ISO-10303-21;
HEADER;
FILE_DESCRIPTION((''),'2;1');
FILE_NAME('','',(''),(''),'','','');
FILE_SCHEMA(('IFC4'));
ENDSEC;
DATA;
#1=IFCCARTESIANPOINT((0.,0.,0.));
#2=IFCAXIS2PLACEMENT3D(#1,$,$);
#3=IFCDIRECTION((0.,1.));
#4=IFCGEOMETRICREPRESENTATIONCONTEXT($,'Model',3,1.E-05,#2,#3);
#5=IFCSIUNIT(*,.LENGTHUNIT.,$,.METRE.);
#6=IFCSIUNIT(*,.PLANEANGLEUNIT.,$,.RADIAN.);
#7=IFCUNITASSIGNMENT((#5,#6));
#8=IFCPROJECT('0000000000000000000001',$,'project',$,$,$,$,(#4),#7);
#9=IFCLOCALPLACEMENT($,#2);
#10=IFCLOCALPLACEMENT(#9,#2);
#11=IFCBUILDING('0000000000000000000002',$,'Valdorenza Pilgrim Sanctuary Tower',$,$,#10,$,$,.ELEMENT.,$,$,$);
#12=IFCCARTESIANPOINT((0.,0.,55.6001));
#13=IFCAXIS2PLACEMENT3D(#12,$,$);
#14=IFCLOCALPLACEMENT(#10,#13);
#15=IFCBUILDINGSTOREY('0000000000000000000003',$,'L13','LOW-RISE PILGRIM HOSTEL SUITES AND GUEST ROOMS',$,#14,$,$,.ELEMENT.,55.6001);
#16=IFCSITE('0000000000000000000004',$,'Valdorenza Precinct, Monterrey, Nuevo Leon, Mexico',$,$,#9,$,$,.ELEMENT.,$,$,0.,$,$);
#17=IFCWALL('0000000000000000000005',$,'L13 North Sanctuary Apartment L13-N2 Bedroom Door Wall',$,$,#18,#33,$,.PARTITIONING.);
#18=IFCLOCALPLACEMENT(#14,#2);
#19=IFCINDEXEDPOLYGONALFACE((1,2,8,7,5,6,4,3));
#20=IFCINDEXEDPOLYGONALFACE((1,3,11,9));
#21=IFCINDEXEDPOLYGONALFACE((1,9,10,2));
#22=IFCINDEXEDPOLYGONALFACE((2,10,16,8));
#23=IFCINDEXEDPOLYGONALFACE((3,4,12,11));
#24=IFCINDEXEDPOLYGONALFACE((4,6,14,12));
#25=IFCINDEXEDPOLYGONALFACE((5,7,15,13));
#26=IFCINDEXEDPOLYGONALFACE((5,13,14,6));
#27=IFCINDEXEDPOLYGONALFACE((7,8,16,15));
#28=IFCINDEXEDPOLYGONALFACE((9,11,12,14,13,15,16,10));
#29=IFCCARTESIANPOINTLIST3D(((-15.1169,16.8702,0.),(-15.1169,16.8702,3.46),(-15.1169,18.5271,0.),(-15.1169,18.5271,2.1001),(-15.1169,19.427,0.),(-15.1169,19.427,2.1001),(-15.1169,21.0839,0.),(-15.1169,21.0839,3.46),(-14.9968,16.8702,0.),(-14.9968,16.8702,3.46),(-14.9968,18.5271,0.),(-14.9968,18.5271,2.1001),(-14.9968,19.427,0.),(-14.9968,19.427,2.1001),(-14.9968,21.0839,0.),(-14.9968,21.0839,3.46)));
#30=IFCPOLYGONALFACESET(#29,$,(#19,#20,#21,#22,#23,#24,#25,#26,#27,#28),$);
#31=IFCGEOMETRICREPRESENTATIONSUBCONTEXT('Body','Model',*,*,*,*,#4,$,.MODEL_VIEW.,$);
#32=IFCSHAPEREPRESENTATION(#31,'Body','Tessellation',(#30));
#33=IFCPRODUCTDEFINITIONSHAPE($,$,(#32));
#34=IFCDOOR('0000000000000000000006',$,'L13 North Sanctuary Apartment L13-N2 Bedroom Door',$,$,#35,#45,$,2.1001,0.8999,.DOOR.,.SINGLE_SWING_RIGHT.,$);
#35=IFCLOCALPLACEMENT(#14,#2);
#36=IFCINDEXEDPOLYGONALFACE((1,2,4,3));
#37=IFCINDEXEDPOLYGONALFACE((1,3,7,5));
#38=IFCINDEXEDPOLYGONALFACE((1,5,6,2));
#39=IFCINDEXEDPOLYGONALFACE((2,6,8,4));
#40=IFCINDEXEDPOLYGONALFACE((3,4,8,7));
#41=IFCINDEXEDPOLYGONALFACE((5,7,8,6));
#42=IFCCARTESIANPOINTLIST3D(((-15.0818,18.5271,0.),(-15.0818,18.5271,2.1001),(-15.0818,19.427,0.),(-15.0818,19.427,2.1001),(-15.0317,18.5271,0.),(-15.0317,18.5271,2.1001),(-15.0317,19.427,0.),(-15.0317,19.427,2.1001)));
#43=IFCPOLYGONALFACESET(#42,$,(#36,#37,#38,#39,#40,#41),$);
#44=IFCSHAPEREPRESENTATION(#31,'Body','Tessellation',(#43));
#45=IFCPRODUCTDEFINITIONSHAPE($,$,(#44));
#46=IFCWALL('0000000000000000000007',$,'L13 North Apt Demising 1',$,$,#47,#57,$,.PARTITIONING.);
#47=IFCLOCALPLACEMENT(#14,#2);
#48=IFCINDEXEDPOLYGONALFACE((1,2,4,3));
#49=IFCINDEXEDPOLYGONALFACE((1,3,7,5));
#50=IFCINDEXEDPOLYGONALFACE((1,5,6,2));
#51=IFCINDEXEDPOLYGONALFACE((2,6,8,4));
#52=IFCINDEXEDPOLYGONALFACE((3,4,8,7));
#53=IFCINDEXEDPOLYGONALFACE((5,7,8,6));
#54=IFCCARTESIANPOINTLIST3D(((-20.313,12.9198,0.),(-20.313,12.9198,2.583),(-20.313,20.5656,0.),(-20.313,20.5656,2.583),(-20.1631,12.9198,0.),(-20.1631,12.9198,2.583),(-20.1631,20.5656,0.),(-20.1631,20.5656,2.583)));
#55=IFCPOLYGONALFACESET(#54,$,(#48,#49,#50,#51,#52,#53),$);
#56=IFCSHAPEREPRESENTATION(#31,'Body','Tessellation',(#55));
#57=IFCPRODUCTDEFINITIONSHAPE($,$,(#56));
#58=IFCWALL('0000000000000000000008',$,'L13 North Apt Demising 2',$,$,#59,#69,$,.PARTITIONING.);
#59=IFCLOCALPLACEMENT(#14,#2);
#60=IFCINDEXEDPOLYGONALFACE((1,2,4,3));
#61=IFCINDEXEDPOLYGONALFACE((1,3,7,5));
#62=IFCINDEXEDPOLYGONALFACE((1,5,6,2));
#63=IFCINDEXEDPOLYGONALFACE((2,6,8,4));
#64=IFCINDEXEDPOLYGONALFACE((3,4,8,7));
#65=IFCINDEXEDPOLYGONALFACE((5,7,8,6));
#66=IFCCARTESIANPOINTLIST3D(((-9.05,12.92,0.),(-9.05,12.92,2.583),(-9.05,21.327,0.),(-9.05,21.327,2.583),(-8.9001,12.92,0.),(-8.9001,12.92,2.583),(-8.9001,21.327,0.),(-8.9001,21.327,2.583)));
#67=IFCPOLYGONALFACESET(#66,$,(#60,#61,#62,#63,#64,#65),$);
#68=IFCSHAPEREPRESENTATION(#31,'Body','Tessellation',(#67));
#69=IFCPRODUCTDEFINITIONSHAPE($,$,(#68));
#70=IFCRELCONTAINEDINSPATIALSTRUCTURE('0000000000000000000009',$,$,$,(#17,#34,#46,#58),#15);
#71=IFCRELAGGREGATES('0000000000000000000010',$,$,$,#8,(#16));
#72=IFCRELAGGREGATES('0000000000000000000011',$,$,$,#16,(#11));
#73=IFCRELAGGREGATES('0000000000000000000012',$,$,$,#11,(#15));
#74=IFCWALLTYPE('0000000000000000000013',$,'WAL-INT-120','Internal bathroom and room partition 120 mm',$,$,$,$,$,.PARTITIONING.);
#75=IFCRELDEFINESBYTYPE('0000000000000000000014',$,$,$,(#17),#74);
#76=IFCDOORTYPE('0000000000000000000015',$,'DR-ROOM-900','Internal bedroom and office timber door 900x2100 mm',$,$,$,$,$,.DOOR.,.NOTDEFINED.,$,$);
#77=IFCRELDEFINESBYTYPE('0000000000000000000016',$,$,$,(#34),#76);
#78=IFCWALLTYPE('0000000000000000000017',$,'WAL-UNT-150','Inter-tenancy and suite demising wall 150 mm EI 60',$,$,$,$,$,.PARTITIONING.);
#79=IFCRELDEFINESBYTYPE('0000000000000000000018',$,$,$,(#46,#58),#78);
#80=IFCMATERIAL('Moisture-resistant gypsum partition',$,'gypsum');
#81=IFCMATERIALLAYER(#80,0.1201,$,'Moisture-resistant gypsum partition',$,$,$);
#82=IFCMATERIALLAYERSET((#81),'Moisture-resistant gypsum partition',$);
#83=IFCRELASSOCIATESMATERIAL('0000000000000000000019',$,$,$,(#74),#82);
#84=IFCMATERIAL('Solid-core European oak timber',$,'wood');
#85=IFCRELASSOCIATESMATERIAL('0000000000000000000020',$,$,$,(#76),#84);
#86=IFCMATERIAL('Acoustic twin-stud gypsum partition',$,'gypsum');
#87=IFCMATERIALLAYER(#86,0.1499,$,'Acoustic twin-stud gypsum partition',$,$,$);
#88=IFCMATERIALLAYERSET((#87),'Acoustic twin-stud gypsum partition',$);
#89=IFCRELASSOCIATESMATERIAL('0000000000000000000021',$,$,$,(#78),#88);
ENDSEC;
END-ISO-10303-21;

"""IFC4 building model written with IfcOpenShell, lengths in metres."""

from ifc_helpers import new_model, si_unit, direction, frame, frame_2d, origin, place, context, subcontext, project, spatial, rectangle, extrude, material, layer, layer_set, type_object, element, fill, save


model = new_model("IFC4")

# Units and contexts
model_context = context("Model", 3, precision=1e-05, world=origin(), true_north=direction((0.0, 1.0)))
body_context = subcontext(model_context, "Body", "Model", "MODEL_VIEW")
ifc_project = project(units=[si_unit("LENGTHUNIT", "METRE"), si_unit("PLANEANGLEUNIT", "RADIAN")], contexts=[model_context])

# Site, building, storey
site_placement = place(None, origin())
site = spatial("IfcSite", under=ifc_project, at=site_placement, Name="Valdorenza Precinct, Monterrey, Nuevo Leon, Mexico", CompositionType="ELEMENT", RefElevation=0.0)
building_placement = place(site_placement, origin())
building = spatial("IfcBuilding", under=site, at=building_placement, Name="Valdorenza Pilgrim Sanctuary Tower", CompositionType="ELEMENT")
storey_placement = place(building_placement, frame((0.0, 0.0, 55.6001)))
storey = spatial("IfcBuildingStorey", under=building, at=storey_placement, Name="L13", Description="LOW-RISE PILGRIM HOSTEL SUITES AND GUEST ROOMS", CompositionType="ELEMENT", Elevation=55.6001)

# Shared definitions
ifc_material_1 = material(Name="Moisture-resistant gypsum partition", Category="gypsum")
ifc_layer_1 = layer(ifc_material_1, 0.1201, Name="Moisture-resistant gypsum partition")
ifc_layer_set_1 = layer_set([ifc_layer_1], Name="Moisture-resistant gypsum partition")
wall_type_1 = type_object("IfcWallType", Name="WAL-INT-120", Description="Internal bathroom and room partition 120 mm", PredefinedType="PARTITIONING", material=ifc_layer_set_1)

# Wall, opening, door
ifc_material_2 = material(Name="Solid-core European oak timber", Category="wood")
door_type_1 = type_object("IfcDoorType", Name="DR-ROOM-900", Description="Internal bedroom and office timber door 900x2100 mm", OperationType="NOTDEFINED", PredefinedType="DOOR", material=ifc_material_2)
wall_1_placement = place(storey_placement, frame((-15.0569, 16.8701, 0.0), z_axis=(0.0, 0.0, 1.0), x_axis=(0.0, 1.0, 0.0)))
wall_1 = element("IfcWall", 1, at=wall_1_placement, inside=storey, type_object=wall_type_1, Name="L13 North Sanctuary Apartment L13-N2 Bedroom Door Wall", PredefinedType="PARTITIONING", context=body_context, shape_type="SweptSolid", body=[
    extrude(rectangle(XDim=4.2136, YDim=0.1201, at=frame_2d((2.1069, 0.0))), origin(), (0.0, 0.0, 1.0), 3.46),
])
opening_1_placement = place(wall_1_placement, frame((1.657, 0.0, 0.0)))
opening_1 = element("IfcOpeningElement", 2, at=opening_1_placement, cuts=wall_1, PredefinedType="OPENING", context=body_context, shape_type="SweptSolid", body=[
    extrude(rectangle(XDim=0.8999, YDim=2.1001, at=frame_2d((0.45, 1.05))), frame((0.0, 0.075, 0.0), z_axis=(0.0, -1.0, 0.0), x_axis=(1.0, 0.0, 0.0)), (0.0, 0.0, 1.0), 0.1499),
])
door_1_placement = place(opening_1_placement, origin())
door_1 = element("IfcDoor", 3, at=door_1_placement, inside=storey, type_object=door_type_1, Name="L13 North Sanctuary Apartment L13-N2 Bedroom Door", OperationType="SINGLE_SWING_RIGHT", OverallHeight=2.1001, OverallWidth=0.8999, PredefinedType="DOOR", context=body_context, shape_type="SweptSolid", body=[
    extrude(rectangle(XDim=0.8999, YDim=2.1001, at=frame_2d((0.45, 1.05))), frame((0.0, 0.0249, 0.0), z_axis=(0.0, -1.0, 0.0), x_axis=(1.0, 0.0, 0.0)), (0.0, 0.0, 1.0), 0.05),
])
fill(opening_1, door_1)

# Walls
ifc_material_3 = material(Name="Acoustic twin-stud gypsum partition", Category="gypsum")
ifc_layer_2 = layer(ifc_material_3, 0.1499, Name="Acoustic twin-stud gypsum partition")
ifc_layer_set_2 = layer_set([ifc_layer_2], Name="Acoustic twin-stud gypsum partition")
wall_type_2 = type_object("IfcWallType", Name="WAL-UNT-150", Description="Inter-tenancy and suite demising wall 150 mm EI 60", PredefinedType="PARTITIONING", material=ifc_layer_set_2)
wall_2_placement = place(storey_placement, frame((-20.238, 12.9199, 0.0), z_axis=(0.0, 0.0, 1.0), x_axis=(0.0, 1.0, 0.0)))
element("IfcWall", 4, at=wall_2_placement, inside=storey, type_object=wall_type_2, Name="L13 North Apt Demising 1", PredefinedType="PARTITIONING", context=body_context, shape_type="SweptSolid", body=[
    extrude(rectangle(XDim=7.6458, YDim=0.1499, at=frame_2d((3.8228, 0.0))), origin(), (0.0, 0.0, 1.0), 2.583),
])
wall_3_placement = place(storey_placement, frame((-8.9751, 12.9199, 0.0), z_axis=(0.0, 0.0, 1.0), x_axis=(0.0, 1.0, 0.0)))
element("IfcWall", 5, at=wall_3_placement, inside=storey, type_object=wall_type_2, Name="L13 North Apt Demising 2", PredefinedType="PARTITIONING", context=body_context, shape_type="SweptSolid", body=[
    extrude(rectangle(XDim=8.407, YDim=0.1499, at=frame_2d((4.2036, 0.0))), origin(), (0.0, 0.0, 1.0), 2.583),
])

save(model, "model.ifc")
